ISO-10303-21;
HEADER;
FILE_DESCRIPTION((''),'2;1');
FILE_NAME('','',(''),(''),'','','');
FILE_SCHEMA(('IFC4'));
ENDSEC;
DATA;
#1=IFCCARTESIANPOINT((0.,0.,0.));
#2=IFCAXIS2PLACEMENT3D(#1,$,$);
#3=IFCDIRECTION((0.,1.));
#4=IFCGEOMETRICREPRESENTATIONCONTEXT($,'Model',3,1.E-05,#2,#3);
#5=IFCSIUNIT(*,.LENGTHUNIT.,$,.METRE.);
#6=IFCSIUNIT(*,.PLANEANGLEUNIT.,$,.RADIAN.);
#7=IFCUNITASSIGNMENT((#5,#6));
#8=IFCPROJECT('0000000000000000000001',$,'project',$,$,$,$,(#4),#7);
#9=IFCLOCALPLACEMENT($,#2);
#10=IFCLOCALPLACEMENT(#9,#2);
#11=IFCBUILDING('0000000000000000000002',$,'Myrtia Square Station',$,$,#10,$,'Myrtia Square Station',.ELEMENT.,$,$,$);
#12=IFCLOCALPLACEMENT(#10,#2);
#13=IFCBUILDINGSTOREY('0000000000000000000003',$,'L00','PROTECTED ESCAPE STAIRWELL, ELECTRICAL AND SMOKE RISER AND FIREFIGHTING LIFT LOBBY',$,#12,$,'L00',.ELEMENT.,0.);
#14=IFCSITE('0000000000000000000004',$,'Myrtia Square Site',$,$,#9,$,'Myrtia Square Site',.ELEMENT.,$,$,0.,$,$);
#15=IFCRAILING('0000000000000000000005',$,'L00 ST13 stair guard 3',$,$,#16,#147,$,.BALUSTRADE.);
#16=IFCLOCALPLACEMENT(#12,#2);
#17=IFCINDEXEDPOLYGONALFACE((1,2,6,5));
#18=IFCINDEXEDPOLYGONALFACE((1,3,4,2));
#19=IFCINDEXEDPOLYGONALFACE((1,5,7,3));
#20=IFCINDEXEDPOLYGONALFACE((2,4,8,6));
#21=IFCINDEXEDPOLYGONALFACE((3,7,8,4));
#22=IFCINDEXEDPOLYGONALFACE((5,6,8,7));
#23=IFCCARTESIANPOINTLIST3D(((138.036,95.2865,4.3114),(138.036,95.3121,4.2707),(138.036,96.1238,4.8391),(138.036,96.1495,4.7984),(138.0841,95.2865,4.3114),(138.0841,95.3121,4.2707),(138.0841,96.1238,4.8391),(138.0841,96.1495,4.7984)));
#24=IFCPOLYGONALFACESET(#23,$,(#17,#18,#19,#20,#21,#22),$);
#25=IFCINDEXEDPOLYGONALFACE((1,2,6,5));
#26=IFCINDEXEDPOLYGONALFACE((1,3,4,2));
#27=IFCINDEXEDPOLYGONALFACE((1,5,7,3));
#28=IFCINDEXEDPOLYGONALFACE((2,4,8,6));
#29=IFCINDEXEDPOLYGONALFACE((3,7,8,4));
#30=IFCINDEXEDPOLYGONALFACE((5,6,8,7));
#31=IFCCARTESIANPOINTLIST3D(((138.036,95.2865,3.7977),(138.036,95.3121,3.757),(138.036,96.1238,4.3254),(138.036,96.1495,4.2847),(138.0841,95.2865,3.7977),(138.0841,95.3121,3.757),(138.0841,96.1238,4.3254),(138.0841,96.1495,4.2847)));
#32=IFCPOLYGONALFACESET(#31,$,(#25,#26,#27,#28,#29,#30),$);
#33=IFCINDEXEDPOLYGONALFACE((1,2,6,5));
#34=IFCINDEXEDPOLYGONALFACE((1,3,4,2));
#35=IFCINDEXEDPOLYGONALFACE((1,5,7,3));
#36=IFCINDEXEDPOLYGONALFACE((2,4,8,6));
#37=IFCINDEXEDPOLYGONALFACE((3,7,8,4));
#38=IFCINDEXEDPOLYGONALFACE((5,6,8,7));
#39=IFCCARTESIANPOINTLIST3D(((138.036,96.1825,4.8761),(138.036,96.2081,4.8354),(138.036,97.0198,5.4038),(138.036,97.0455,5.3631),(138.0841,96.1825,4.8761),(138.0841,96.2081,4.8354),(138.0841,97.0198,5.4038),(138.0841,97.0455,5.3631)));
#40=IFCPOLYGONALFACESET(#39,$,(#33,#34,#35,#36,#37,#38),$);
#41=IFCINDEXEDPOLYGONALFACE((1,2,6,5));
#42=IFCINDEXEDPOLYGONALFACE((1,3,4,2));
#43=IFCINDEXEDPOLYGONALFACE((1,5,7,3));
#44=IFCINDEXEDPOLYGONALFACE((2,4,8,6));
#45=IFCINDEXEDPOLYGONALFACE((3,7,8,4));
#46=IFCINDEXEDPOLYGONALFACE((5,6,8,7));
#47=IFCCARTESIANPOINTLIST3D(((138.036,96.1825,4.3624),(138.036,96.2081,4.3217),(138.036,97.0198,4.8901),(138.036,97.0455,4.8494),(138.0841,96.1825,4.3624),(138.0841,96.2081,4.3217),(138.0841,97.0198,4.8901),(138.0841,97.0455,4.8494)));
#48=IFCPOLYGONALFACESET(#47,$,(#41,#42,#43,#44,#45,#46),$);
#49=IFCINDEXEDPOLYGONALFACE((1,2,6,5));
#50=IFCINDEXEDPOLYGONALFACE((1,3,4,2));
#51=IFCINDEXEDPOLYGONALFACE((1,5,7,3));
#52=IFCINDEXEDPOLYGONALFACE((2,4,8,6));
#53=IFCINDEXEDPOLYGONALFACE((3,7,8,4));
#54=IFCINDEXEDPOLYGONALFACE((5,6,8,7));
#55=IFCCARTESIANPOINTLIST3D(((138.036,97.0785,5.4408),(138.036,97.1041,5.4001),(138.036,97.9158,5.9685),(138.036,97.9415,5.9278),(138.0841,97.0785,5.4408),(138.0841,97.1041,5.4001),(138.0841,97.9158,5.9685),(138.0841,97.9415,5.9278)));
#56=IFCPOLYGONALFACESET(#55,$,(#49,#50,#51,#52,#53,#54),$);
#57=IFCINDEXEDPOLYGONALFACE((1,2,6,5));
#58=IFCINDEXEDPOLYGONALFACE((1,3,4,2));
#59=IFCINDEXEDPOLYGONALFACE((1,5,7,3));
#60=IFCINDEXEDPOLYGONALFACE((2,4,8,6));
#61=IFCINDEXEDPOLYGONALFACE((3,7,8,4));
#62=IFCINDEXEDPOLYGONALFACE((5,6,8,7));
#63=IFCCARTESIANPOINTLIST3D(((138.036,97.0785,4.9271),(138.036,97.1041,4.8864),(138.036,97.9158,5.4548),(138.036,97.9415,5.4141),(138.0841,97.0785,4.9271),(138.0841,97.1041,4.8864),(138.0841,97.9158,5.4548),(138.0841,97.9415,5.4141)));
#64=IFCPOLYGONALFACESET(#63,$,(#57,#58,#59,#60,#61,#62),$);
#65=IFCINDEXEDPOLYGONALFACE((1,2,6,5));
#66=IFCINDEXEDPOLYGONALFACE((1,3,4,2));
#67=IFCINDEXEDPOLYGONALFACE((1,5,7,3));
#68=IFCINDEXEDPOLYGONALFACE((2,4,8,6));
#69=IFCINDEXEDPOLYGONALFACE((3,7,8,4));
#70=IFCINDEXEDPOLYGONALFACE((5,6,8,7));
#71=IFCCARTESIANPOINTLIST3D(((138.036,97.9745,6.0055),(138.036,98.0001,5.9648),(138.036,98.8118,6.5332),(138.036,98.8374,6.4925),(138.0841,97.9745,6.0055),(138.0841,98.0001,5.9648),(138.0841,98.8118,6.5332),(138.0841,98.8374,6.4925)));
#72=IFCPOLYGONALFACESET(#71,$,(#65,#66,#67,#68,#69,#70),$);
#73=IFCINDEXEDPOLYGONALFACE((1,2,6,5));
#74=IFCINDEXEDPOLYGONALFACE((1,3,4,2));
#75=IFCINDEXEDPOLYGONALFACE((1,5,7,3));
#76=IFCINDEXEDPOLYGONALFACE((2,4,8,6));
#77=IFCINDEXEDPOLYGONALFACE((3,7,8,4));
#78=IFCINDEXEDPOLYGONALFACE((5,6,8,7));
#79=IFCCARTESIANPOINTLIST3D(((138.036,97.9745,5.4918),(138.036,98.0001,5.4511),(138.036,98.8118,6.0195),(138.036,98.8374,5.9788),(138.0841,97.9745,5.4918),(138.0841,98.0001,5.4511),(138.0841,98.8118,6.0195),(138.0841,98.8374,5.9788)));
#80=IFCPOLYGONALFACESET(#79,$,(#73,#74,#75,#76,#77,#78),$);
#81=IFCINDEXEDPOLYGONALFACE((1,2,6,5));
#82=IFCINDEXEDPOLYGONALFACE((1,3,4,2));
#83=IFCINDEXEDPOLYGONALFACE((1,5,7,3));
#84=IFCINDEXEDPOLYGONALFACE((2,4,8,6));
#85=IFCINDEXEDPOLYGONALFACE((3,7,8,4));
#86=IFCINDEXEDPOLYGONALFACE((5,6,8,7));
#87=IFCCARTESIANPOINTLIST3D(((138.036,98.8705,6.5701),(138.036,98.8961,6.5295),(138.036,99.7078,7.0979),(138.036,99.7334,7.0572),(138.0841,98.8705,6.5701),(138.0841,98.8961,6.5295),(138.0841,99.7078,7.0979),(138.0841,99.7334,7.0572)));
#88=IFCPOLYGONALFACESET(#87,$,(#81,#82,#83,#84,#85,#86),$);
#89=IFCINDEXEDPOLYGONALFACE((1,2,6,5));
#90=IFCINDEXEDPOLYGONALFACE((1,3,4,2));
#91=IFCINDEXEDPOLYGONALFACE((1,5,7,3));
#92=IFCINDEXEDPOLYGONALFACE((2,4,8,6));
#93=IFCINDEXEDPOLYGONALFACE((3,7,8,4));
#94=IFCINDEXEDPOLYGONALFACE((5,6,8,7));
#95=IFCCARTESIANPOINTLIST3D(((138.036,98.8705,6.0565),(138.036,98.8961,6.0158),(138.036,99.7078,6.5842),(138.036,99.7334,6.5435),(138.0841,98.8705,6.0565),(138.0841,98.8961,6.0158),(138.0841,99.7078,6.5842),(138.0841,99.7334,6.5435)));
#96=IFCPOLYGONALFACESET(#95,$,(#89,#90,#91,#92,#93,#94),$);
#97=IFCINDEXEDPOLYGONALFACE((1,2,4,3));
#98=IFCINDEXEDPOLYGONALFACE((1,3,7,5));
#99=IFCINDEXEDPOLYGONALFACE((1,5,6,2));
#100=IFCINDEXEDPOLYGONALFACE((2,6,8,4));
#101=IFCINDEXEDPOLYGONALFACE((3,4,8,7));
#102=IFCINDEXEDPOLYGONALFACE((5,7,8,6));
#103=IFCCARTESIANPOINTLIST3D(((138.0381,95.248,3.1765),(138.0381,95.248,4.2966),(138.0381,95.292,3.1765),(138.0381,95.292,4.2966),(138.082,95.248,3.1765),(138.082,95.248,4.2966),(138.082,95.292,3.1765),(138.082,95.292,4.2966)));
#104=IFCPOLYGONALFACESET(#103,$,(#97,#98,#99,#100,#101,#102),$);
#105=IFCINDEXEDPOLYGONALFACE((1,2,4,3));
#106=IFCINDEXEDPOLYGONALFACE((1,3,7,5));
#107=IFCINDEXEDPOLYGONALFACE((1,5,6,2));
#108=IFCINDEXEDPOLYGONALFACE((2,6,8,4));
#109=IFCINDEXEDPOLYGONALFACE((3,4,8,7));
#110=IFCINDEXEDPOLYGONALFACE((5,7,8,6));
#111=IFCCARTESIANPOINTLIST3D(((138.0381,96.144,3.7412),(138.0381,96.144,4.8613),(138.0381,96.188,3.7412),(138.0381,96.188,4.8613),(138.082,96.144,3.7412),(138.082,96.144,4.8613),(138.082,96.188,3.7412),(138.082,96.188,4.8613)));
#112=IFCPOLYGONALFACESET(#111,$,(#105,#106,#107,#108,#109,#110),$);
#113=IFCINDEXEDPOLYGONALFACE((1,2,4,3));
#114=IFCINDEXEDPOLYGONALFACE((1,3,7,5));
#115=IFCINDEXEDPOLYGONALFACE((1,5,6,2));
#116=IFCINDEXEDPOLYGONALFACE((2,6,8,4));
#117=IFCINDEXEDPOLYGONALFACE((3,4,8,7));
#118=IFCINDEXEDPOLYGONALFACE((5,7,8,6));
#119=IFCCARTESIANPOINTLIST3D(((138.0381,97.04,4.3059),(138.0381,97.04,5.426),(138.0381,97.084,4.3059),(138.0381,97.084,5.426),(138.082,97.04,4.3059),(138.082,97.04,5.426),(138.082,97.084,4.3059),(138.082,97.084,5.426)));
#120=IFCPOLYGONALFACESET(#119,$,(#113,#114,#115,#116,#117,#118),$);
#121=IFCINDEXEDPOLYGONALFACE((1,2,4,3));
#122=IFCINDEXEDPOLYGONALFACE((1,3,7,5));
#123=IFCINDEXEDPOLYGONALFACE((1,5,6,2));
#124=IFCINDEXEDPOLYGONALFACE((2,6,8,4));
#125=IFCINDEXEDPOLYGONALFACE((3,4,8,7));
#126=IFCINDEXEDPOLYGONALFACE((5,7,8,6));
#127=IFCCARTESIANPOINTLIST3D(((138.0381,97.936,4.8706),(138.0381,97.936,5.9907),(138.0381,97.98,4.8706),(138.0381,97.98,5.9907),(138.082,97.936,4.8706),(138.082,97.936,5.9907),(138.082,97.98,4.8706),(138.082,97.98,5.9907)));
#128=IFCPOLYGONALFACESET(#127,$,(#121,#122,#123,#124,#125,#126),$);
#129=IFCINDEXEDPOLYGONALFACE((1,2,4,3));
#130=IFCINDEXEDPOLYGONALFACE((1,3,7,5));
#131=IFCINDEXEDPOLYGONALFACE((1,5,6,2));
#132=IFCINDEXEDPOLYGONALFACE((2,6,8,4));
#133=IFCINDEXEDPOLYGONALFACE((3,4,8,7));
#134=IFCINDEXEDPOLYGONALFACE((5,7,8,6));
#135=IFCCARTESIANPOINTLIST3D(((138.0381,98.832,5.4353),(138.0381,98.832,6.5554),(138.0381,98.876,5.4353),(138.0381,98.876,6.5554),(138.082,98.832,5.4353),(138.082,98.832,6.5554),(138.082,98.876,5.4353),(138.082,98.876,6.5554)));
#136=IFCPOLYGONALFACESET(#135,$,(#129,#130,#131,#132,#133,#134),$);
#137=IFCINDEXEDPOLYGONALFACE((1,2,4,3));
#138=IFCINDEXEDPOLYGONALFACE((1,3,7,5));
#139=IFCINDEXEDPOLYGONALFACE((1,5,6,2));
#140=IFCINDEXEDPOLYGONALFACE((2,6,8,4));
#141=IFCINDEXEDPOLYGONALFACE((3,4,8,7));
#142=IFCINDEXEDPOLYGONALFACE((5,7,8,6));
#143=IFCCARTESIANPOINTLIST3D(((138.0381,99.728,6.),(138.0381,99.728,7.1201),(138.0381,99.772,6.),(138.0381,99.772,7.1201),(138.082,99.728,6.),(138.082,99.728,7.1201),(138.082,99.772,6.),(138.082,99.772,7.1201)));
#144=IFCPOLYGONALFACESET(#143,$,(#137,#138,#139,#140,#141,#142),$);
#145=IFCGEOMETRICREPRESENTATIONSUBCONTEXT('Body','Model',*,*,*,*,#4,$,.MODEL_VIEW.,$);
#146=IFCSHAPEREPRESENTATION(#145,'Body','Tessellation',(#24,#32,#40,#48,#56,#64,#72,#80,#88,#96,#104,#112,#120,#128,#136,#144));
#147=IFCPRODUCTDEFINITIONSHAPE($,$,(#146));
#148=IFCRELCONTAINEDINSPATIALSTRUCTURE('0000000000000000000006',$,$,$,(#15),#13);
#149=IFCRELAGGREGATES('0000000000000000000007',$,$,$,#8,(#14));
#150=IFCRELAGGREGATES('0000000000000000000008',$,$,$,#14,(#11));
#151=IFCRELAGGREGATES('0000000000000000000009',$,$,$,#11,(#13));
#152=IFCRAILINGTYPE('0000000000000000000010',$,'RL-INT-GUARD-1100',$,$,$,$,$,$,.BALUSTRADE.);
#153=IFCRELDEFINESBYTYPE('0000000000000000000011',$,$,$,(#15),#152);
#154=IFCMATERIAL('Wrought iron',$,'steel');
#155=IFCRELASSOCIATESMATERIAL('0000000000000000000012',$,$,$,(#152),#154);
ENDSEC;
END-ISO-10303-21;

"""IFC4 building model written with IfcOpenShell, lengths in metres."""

from ifc_helpers import new_model, si_unit, direction, frame, origin, origin_2d, place, context, subcontext, project, spatial, rectangle, extrude, material, type_object, element, save


model = new_model("IFC4")

# Units and contexts
model_context = context("Model", 3, precision=1e-05, world=origin(), true_north=direction((0.0, 1.0)))
body_context = subcontext(model_context, "Body", "Model", "MODEL_VIEW")
ifc_project = project(units=[si_unit("LENGTHUNIT", "METRE"), si_unit("PLANEANGLEUNIT", "RADIAN")], contexts=[model_context])

# Site, building, storey
site_placement = place(None, origin())
site = spatial("IfcSite", under=ifc_project, at=site_placement, Name="Myrtia Square Site", LongName="Myrtia Square Site", CompositionType="ELEMENT", RefElevation=0.0)
building_placement = place(site_placement, origin())
building = spatial("IfcBuilding", under=site, at=building_placement, Name="Myrtia Square Station", LongName="Myrtia Square Station", CompositionType="ELEMENT")
storey_placement = place(building_placement, origin())
storey = spatial("IfcBuildingStorey", under=building, at=storey_placement, Name="L00", Description="PROTECTED ESCAPE STAIRWELL, ELECTRICAL AND SMOKE RISER AND FIREFIGHTING LIFT LOBBY", LongName="L00", CompositionType="ELEMENT", Elevation=0.0)

# Railing
ifc_material_1 = material(Name="Wrought iron", Category="steel")
railing_type_1 = type_object("IfcRailingType", Name="RL-INT-GUARD-1100", PredefinedType="BALUSTRADE", material=ifc_material_1)
railing_1_placement = place(storey_placement, frame((138.0601, 95.27, 3.1765)))
element("IfcRailing", 1, at=railing_1_placement, inside=storey, type_object=railing_type_1, Name="L00 ST13 stair guard 3", PredefinedType="BALUSTRADE", context=body_context, shape_type="SweptSolid", body=[
    extrude(rectangle(XDim=0.0481, YDim=0.0481, at=origin_2d()), frame((0.0, 0.0293, 1.1145), z_axis=(0.0, 0.845998, 0.533186), x_axis=(-1.0, 0.0, 0.0)), (0.0, 0.0, 1.0), 0.9897),
    extrude(rectangle(XDim=0.0481, YDim=0.0481, at=origin_2d()), frame((0.0, 0.0293, 0.6008), z_axis=(0.0, 0.845998, 0.533186), x_axis=(-1.0, 0.0, 0.0)), (0.0, 0.0, 1.0), 0.9897),
    extrude(rectangle(XDim=0.0481, YDim=0.0481, at=origin_2d()), frame((0.0, 0.9253, 1.6792), z_axis=(0.0, 0.845998, 0.533186), x_axis=(-1.0, 0.0, 0.0)), (0.0, 0.0, 1.0), 0.9897),
    extrude(rectangle(XDim=0.0481, YDim=0.0481, at=origin_2d()), frame((0.0, 0.9253, 1.1655), z_axis=(0.0, 0.845998, 0.533186), x_axis=(-1.0, 0.0, 0.0)), (0.0, 0.0, 1.0), 0.9897),
    extrude(rectangle(XDim=0.0481, YDim=0.0481, at=origin_2d()), frame((0.0, 1.8213, 2.2439), z_axis=(0.0, 0.845998, 0.533186), x_axis=(-1.0, 0.0, 0.0)), (0.0, 0.0, 1.0), 0.9897),
    extrude(rectangle(XDim=0.0481, YDim=0.0481, at=origin_2d()), frame((0.0, 1.8213, 1.7302), z_axis=(0.0, 0.845998, 0.533186), x_axis=(-1.0, 0.0, 0.0)), (0.0, 0.0, 1.0), 0.9897),
    extrude(rectangle(XDim=0.0481, YDim=0.0481, at=origin_2d()), frame((0.0, 2.7173, 2.8086), z_axis=(0.0, 0.845998, 0.533186), x_axis=(-1.0, 0.0, 0.0)), (0.0, 0.0, 1.0), 0.9897),
    extrude(rectangle(XDim=0.0481, YDim=0.0481, at=origin_2d()), frame((0.0, 2.7173, 2.2949), z_axis=(0.0, 0.845998, 0.533186), x_axis=(-1.0, 0.0, 0.0)), (0.0, 0.0, 1.0), 0.9897),
    extrude(rectangle(XDim=0.0481, YDim=0.0481, at=origin_2d()), frame((0.0, 3.6133, 3.3733), z_axis=(0.0, 0.845998, 0.533186), x_axis=(-1.0, 0.0, 0.0)), (0.0, 0.0, 1.0), 0.9897),
    extrude(rectangle(XDim=0.0481, YDim=0.0481, at=origin_2d()), frame((0.0, 3.6133, 2.8596), z_axis=(0.0, 0.845998, 0.533186), x_axis=(-1.0, 0.0, 0.0)), (0.0, 0.0, 1.0), 0.9897),
    extrude(rectangle(XDim=0.0439, YDim=0.0439, at=origin_2d()), origin(), (0.0, 0.0, 1.0), 1.1201),
    extrude(rectangle(XDim=0.0439, YDim=0.0439, at=origin_2d()), frame((0.0, 0.896, 0.5647)), (0.0, 0.0, 1.0), 1.1201),
    extrude(rectangle(XDim=0.0439, YDim=0.0439, at=origin_2d()), frame((0.0, 1.792, 1.1294)), (0.0, 0.0, 1.0), 1.1201),
    extrude(rectangle(XDim=0.0439, YDim=0.0439, at=origin_2d()), frame((0.0, 2.688, 1.6941)), (0.0, 0.0, 1.0), 1.1201),
    extrude(rectangle(XDim=0.0439, YDim=0.0439, at=origin_2d()), frame((0.0, 3.584, 2.2588)), (0.0, 0.0, 1.0), 1.1201),
    extrude(rectangle(XDim=0.0439, YDim=0.0439, at=origin_2d()), frame((0.0, 4.48, 2.8235)), (0.0, 0.0, 1.0), 1.1201),
])

save(model, "model.ifc")
